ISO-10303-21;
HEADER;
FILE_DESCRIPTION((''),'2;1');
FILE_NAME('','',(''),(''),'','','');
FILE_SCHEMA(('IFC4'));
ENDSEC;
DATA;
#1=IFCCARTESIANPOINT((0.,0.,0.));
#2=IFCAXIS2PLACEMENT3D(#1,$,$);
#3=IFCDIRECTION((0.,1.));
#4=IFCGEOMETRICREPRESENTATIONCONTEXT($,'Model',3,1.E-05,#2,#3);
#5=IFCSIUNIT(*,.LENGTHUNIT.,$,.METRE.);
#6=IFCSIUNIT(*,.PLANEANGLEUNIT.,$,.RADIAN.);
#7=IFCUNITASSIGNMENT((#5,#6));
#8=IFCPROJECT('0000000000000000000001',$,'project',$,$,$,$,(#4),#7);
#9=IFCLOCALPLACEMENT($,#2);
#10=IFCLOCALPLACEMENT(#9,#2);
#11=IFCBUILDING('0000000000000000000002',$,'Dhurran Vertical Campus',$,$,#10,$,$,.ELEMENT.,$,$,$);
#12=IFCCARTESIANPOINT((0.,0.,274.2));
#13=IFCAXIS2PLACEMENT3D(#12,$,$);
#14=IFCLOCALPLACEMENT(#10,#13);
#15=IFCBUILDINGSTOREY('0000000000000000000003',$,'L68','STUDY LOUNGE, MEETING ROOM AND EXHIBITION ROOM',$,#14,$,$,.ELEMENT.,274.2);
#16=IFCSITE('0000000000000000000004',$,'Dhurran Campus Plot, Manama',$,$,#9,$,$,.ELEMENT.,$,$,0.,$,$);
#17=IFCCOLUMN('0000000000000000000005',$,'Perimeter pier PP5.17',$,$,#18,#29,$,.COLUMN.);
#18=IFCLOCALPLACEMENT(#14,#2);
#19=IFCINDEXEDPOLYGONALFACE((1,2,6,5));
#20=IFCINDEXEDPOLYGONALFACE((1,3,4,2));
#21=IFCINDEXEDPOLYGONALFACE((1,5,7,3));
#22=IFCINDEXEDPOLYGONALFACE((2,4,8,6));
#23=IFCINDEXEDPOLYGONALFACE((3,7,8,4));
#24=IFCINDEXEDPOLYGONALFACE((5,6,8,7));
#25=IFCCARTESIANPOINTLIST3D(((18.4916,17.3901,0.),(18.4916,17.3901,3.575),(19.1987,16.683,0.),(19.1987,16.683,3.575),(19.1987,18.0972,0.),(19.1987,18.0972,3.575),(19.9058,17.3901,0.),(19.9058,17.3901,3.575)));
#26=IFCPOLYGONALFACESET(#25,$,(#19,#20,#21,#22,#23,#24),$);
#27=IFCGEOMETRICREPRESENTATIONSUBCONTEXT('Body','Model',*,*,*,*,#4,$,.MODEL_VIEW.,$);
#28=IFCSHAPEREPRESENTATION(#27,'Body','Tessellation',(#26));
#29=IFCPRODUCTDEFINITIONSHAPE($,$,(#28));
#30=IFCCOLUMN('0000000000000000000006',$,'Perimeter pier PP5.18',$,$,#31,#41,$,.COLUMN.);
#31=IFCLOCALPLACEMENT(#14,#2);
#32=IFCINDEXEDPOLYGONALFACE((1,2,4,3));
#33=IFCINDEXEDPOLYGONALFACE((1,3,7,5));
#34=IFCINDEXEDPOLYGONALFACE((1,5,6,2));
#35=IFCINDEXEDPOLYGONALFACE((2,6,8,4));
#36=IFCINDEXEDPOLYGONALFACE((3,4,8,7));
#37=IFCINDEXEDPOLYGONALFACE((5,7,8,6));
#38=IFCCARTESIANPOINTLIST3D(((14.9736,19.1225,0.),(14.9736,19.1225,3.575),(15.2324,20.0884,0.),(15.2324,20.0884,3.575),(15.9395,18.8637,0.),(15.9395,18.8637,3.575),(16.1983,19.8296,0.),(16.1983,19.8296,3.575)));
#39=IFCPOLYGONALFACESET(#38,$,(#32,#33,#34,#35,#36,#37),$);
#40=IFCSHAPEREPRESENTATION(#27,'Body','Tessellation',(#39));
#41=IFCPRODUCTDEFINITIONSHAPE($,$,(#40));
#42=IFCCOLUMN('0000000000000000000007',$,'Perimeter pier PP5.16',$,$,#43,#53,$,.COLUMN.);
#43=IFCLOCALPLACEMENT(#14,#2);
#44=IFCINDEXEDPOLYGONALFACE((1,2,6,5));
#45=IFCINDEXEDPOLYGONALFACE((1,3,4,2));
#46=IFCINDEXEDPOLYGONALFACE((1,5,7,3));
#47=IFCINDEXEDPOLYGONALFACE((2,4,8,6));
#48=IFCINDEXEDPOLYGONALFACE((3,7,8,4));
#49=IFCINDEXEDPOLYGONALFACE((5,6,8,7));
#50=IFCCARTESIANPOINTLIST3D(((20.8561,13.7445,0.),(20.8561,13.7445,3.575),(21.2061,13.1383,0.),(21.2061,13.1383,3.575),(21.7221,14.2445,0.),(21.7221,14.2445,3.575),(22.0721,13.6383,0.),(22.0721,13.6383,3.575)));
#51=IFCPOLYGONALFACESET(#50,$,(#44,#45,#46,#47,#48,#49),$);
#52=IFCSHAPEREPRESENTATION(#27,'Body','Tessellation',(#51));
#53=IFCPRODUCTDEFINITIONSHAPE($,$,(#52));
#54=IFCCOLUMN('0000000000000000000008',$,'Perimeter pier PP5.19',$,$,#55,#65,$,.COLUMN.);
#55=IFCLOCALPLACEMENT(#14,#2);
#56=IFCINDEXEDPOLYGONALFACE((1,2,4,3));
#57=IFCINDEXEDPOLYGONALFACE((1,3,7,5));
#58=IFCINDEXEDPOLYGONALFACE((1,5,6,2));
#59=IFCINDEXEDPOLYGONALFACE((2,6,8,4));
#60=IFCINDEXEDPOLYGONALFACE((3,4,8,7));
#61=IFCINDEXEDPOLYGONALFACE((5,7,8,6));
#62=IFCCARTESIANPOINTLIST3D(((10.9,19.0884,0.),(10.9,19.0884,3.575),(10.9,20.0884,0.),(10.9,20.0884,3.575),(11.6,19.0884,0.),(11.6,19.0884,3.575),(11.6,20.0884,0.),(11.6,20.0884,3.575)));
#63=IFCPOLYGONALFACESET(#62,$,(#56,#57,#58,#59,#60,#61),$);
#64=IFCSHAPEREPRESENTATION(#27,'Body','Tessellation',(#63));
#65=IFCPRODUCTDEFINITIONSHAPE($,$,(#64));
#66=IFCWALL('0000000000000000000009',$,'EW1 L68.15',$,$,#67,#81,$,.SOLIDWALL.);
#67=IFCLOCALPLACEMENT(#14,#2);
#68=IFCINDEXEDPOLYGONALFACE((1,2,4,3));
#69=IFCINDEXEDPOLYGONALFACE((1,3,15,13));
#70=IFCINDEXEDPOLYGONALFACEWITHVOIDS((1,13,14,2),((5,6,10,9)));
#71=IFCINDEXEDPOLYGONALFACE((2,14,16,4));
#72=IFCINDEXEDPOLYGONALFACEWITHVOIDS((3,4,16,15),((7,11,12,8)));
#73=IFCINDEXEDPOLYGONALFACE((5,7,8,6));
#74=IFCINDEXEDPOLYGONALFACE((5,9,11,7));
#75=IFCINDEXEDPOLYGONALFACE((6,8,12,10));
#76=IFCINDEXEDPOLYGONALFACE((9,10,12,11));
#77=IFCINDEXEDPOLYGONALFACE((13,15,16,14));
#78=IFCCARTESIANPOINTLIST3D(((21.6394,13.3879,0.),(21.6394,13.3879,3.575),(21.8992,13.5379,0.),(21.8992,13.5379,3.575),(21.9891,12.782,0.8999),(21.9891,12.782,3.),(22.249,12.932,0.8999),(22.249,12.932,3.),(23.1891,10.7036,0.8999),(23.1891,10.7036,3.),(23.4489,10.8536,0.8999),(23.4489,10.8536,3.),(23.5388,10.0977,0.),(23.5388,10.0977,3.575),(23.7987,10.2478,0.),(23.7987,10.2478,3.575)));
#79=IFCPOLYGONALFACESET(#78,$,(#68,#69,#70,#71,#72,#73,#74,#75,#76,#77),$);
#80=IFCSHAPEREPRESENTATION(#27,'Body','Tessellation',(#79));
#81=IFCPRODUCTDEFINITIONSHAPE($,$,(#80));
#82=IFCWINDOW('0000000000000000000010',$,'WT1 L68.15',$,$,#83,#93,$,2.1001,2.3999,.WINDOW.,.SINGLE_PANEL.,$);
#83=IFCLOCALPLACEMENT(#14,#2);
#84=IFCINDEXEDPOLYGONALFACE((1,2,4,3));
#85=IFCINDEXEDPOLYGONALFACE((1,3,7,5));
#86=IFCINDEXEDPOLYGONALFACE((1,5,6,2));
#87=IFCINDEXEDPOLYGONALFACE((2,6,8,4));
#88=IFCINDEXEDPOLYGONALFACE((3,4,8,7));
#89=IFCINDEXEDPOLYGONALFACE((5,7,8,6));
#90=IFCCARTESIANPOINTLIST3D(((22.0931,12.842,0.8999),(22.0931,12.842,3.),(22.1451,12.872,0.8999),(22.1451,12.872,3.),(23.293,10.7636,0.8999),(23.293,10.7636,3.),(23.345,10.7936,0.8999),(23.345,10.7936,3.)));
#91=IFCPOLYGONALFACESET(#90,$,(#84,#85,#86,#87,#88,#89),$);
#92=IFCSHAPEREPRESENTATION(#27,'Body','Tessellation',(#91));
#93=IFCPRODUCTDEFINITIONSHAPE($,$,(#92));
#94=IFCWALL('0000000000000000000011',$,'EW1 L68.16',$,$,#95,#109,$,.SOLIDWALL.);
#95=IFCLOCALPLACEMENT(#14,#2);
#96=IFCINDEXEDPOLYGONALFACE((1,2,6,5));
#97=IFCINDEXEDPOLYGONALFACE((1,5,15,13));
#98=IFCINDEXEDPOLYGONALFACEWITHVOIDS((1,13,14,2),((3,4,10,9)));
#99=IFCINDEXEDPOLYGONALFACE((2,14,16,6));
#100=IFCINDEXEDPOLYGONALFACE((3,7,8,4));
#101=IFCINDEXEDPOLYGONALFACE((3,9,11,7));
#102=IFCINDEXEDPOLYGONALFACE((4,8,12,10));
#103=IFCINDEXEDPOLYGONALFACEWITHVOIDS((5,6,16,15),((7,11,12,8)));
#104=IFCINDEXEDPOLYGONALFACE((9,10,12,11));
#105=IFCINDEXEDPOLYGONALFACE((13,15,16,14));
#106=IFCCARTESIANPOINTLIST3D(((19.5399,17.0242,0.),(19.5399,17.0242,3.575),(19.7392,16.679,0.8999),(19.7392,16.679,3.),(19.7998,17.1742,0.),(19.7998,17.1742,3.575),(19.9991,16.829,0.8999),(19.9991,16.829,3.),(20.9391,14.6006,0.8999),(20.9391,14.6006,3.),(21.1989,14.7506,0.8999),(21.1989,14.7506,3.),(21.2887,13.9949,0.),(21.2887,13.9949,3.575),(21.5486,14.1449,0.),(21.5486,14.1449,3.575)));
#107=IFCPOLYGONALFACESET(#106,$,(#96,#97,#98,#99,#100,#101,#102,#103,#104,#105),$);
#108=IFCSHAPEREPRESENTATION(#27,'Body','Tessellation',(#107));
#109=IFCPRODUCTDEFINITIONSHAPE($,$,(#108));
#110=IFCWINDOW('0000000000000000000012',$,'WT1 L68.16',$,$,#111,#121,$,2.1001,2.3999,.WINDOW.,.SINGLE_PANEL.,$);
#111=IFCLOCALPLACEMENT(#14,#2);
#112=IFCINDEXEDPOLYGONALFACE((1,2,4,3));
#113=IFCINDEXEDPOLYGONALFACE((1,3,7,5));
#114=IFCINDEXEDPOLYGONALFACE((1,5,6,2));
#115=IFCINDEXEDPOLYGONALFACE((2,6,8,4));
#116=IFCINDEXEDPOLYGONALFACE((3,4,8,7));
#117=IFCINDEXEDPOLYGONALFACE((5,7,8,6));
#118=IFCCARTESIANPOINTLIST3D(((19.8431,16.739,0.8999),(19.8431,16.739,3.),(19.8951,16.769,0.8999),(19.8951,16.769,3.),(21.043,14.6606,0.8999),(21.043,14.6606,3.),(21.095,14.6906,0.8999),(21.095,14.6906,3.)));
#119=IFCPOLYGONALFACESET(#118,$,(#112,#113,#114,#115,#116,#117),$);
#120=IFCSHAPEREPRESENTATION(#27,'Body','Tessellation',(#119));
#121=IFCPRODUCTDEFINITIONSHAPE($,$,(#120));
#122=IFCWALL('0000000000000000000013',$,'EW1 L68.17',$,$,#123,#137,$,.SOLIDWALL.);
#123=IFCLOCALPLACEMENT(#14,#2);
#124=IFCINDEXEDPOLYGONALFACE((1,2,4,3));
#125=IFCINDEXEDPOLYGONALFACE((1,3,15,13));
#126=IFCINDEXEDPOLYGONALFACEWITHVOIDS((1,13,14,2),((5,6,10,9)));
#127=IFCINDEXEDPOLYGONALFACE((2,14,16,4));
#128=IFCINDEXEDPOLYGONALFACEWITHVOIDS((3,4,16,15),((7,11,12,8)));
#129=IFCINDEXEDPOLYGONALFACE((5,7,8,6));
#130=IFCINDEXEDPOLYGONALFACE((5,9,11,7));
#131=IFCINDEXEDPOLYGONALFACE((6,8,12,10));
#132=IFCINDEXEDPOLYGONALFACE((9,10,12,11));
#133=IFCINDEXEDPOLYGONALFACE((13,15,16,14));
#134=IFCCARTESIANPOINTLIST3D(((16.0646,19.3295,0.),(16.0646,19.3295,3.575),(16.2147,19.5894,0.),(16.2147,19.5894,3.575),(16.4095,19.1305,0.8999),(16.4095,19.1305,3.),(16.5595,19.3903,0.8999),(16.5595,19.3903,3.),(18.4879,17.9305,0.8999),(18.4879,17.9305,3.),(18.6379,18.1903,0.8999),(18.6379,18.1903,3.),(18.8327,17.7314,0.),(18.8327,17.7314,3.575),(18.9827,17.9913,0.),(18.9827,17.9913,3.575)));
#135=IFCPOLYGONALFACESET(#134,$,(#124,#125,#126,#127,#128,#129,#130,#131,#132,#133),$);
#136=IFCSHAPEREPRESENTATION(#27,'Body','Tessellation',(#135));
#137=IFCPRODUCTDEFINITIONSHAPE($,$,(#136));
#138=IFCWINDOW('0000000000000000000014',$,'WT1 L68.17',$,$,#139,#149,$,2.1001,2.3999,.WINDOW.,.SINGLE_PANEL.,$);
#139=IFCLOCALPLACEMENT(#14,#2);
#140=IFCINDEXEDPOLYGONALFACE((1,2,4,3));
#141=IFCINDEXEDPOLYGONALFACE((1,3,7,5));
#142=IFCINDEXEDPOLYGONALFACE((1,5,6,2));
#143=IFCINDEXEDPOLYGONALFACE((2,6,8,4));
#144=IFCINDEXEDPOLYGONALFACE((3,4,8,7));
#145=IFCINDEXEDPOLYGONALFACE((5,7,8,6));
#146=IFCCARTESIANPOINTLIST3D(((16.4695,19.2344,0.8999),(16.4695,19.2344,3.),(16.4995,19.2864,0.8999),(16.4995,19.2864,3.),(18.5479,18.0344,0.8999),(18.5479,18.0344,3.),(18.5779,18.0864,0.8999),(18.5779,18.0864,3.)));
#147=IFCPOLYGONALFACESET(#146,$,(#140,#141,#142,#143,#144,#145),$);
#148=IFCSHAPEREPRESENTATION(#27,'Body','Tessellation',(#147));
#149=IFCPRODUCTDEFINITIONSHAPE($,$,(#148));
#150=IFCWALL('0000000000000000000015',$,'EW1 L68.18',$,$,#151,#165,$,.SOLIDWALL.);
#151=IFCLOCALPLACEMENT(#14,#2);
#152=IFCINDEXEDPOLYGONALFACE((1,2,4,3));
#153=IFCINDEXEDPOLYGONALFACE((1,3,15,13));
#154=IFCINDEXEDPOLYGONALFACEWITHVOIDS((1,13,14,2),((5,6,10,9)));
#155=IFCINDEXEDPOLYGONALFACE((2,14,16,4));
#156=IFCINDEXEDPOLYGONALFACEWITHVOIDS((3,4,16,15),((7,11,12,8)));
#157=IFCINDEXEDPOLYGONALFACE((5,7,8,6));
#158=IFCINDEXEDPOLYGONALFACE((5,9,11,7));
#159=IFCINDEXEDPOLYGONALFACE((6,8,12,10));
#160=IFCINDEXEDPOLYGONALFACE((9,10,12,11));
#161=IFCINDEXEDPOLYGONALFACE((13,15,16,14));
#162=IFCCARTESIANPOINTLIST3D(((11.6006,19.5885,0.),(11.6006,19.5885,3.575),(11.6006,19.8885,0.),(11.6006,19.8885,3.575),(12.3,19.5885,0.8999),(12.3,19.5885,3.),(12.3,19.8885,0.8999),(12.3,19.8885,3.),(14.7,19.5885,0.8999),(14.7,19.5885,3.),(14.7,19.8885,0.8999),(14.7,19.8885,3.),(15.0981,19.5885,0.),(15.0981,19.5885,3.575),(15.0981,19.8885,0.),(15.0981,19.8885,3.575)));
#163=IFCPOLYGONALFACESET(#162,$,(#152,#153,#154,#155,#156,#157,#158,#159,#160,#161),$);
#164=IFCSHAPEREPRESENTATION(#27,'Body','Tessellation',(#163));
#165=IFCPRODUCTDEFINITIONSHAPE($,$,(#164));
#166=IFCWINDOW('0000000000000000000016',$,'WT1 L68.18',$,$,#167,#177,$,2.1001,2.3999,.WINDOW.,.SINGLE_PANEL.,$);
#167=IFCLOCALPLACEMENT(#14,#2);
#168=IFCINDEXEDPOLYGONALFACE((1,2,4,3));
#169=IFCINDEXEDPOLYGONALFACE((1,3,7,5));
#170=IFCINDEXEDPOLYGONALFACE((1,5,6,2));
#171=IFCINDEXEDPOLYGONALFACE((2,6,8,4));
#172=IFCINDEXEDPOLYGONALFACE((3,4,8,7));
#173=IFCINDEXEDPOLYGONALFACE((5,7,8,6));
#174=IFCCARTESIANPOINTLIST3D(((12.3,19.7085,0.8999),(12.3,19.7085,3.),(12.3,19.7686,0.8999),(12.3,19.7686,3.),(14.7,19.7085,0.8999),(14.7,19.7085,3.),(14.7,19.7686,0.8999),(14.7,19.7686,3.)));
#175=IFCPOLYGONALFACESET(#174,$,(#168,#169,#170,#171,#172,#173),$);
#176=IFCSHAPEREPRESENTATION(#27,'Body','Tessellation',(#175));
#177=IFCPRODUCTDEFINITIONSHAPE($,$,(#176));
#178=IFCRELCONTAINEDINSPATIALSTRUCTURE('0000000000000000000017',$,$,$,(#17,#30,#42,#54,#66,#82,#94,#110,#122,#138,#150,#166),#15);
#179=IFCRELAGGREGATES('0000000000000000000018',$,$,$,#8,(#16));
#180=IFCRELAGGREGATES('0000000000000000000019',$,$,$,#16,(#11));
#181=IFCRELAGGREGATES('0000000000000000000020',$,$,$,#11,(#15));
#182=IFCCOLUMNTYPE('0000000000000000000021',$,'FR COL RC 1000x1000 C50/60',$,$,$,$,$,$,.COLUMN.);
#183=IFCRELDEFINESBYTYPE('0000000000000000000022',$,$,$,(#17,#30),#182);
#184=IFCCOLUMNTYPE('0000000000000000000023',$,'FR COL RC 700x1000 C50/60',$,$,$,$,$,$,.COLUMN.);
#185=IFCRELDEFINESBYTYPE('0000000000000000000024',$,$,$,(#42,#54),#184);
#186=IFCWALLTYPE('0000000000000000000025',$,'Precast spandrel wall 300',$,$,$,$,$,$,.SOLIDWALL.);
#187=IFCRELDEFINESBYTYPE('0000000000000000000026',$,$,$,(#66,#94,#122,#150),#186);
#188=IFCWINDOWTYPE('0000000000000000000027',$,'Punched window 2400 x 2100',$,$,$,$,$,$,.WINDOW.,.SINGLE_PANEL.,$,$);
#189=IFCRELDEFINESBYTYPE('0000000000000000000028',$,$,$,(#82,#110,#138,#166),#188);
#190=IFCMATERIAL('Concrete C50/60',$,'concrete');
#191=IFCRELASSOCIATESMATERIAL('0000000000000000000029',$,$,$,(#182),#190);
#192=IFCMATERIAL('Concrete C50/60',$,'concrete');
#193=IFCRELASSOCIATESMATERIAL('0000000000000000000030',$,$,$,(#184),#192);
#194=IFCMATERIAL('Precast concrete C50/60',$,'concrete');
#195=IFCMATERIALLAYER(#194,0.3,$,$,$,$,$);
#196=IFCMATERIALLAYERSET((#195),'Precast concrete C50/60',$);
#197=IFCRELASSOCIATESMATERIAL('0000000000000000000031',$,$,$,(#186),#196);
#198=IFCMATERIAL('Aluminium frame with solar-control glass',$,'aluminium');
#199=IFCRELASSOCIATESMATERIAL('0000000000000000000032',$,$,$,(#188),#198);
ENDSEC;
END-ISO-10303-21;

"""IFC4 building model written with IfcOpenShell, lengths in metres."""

from ifc_helpers import new_model, si_unit, direction, frame, frame_2d, origin, origin_2d, place, context, subcontext, project, spatial, rectangle, extrude, material, layer, layer_set, material_profile, profile_set, type_object, element, fill, save


model = new_model("IFC4")

# Units and contexts
model_context = context("Model", 3, precision=1e-05, world=origin(), true_north=direction((0.0, 1.0)))
body_context = subcontext(model_context, "Body", "Model", "MODEL_VIEW")
ifc_project = project(units=[si_unit("LENGTHUNIT", "METRE"), si_unit("PLANEANGLEUNIT", "RADIAN")], contexts=[model_context])

# Site, building, storey
site_placement = place(None, origin())
site = spatial("IfcSite", under=ifc_project, at=site_placement, Name="Dhurran Campus Plot, Manama", CompositionType="ELEMENT", RefElevation=0.0)
building_placement = place(site_placement, origin())
building = spatial("IfcBuilding", under=site, at=building_placement, Name="Dhurran Vertical Campus", CompositionType="ELEMENT")
storey_placement = place(building_placement, frame((0.0, 0.0, 274.2)))
storey = spatial("IfcBuildingStorey", under=building, at=storey_placement, Name="L68", Description="STUDY LOUNGE, MEETING ROOM AND EXHIBITION ROOM", CompositionType="ELEMENT", Elevation=274.2)

# Columns
ifc_material_1 = material(Name="Concrete C50/60", Category="concrete")
ifc_material_profile_1 = material_profile(ifc_material_1, rectangle(XDim=1.0, YDim=1.0, at=origin_2d()), Name="RC 1000x1000")
ifc_profile_set_1 = profile_set([ifc_material_profile_1], Name="Concrete C50/60")
column_type_1 = type_object("IfcColumnType", Name="FR COL RC 1000x1000 C50/60", PredefinedType="COLUMN", material=ifc_profile_set_1)
for number, where, z_axis, x_axis, name in (
    (1, (19.1987, 17.3901, 0.0), (0.0, 0.0, 1.0), (-0.707107, 0.707107, 0.0), "Perimeter pier PP5.17"),
    (2, (15.5859, 19.4761, 0.0), (0.0, 0.0, 1.0), (-0.965926, 0.258819, 0.0), "Perimeter pier PP5.18"),
):
    element("IfcColumn", number, at=place(storey_placement, frame(where, z_axis=z_axis, x_axis=x_axis)), inside=storey, type_object=column_type_1, Name=name, PredefinedType="COLUMN", context=body_context, shape_type="SweptSolid", body=[
        extrude(rectangle(XDim=1.0, YDim=1.0, at=origin_2d()), origin(), (0.0, 0.0, 1.0), 3.575),
    ])
ifc_material_2 = material(Name="Concrete C50/60", Category="concrete")
ifc_material_profile_2 = material_profile(ifc_material_2, rectangle(XDim=0.7, YDim=1.0, at=origin_2d()), Name="RC 700x1000")
ifc_profile_set_2 = profile_set([ifc_material_profile_2], Name="Concrete C50/60")
column_type_2 = type_object("IfcColumnType", Name="FR COL RC 700x1000 C50/60", PredefinedType="COLUMN", material=ifc_profile_set_2)
for number, where, z_axis, x_axis, name in (
    (3, (21.4641, 13.6914, 0.0), (0.0, 0.0, 1.0), (-0.5, 0.866025, 0.0), "Perimeter pier PP5.16"),
    (4, (11.25, 19.5884, 0.0), (0.0, 0.0, 1.0), (-1.0, 0.0, 0.0), "Perimeter pier PP5.19"),
):
    element("IfcColumn", number, at=place(storey_placement, frame(where, z_axis=z_axis, x_axis=x_axis)), inside=storey, type_object=column_type_2, Name=name, PredefinedType="COLUMN", context=body_context, shape_type="SweptSolid", body=[
        extrude(rectangle(XDim=0.7, YDim=1.0, at=origin_2d()), origin(), (0.0, 0.0, 1.0), 3.575),
    ])

# Walls, openings, windows
ifc_material_3 = material(Name="Precast concrete C50/60", Category="concrete")
ifc_layer_1 = layer(ifc_material_3, 0.3)
ifc_layer_set_1 = layer_set([ifc_layer_1], Name="Precast concrete C50/60")
wall_type_1 = type_object("IfcWallType", Name="Precast spandrel wall 300", PredefinedType="SOLIDWALL", material=ifc_layer_set_1)
wall_1_placement = place(storey_placement, frame((23.6687, 10.1729, 0.0), z_axis=(0.0, 0.0, 1.0), x_axis=(-0.499982, 0.866036, 0.0)))
wall_1 = element("IfcWall", 5, at=wall_1_placement, inside=storey, type_object=wall_type_1, Name="EW1 L68.15", PredefinedType="SOLIDWALL", context=body_context, shape_type="SweptSolid", body=[
    extrude(rectangle(XDim=3.7991, YDim=0.3, at=frame_2d((1.8994, 0.0))), origin(), (0.0, 0.0, 1.0), 3.575),
])
opening_1_placement = place(wall_1_placement, frame((0.6995, 0.0, 0.8999)))
opening_1 = element("IfcOpeningElement", 6, at=opening_1_placement, cuts=wall_1, PredefinedType="OPENING", context=body_context, shape_type="SweptSolid", body=[
    extrude(rectangle(XDim=2.3999, YDim=2.1001, at=frame_2d((1.2, 1.05))), frame((0.0, 0.1599, 0.0), z_axis=(0.0, -1.0, 0.0), x_axis=(1.0, 0.0, 0.0)), (0.0, 0.0, 1.0), 0.3201),
])
ifc_material_4 = material(Name="Aluminium frame with solar-control glass", Category="aluminium")
window_type = type_object("IfcWindowType", Name="Punched window 2400 x 2100", PartitioningType="SINGLE_PANEL", PredefinedType="WINDOW", material=ifc_material_4)
window_1_placement = place(opening_1_placement, origin())
window_1 = element("IfcWindow", 7, at=window_1_placement, inside=storey, type_object=window_type, Name="WT1 L68.15", OverallHeight=2.1001, OverallWidth=2.3999, PartitioningType="SINGLE_PANEL", PredefinedType="WINDOW", context=body_context, shape_type="SweptSolid", body=[
    extrude(rectangle(XDim=2.3999, YDim=2.1001, at=frame_2d((1.2, 1.05))), frame((0.0, 0.03, 0.0), z_axis=(0.0, -1.0, 0.0), x_axis=(1.0, 0.0, 0.0)), (0.0, 0.0, 1.0), 0.0601),
])
fill(opening_1, window_1)
wall_2_placement = place(storey_placement, frame((21.4187, 14.0698, 0.0), z_axis=(0.0, 0.0, 1.0), x_axis=(-0.49996, 0.866048, 0.0)))
wall_2 = element("IfcWall", 8, at=wall_2_placement, inside=storey, type_object=wall_type_1, Name="EW1 L68.16", PredefinedType="SOLIDWALL", context=body_context, shape_type="SweptSolid", body=[
    extrude(rectangle(XDim=3.4978, YDim=0.3, at=frame_2d((1.749, 0.0))), origin(), (0.0, 0.0, 1.0), 3.575),
])
opening_2_placement = place(wall_2_placement, frame((0.6995, 0.0, 0.8999)))
opening_2 = element("IfcOpeningElement", 9, at=opening_2_placement, cuts=wall_2, PredefinedType="OPENING", context=body_context, shape_type="SweptSolid", body=[
    extrude(rectangle(XDim=2.3999, YDim=2.1001, at=frame_2d((1.2, 1.05))), frame((0.0, 0.1599, 0.0), z_axis=(0.0, -1.0, 0.0), x_axis=(1.0, 0.0, 0.0)), (0.0, 0.0, 1.0), 0.3201),
])
window_2_placement = place(opening_2_placement, origin())
window_2 = element("IfcWindow", 10, at=window_2_placement, inside=storey, type_object=window_type, Name="WT1 L68.16", OverallHeight=2.1001, OverallWidth=2.3999, PartitioningType="SINGLE_PANEL", PredefinedType="WINDOW", context=body_context, shape_type="SweptSolid", body=[
    extrude(rectangle(XDim=2.3999, YDim=2.1001, at=frame_2d((1.2, 1.05))), frame((0.0, 0.03, 0.0), z_axis=(0.0, -1.0, 0.0), x_axis=(1.0, 0.0, 0.0)), (0.0, 0.0, 1.0), 0.0601),
])
fill(opening_2, window_2)
wall_3_placement = place(storey_placement, frame((18.9077, 17.8613, 0.0), z_axis=(0.0, 0.0, 1.0), x_axis=(-0.866025, 0.5, 0.0)))
wall_3 = element("IfcWall", 11, at=wall_3_placement, inside=storey, type_object=wall_type_1, Name="EW1 L68.17", PredefinedType="SOLIDWALL", context=body_context, shape_type="SweptSolid", body=[
    extrude(rectangle(XDim=3.1963, YDim=0.3, at=frame_2d((1.5981, 0.0))), origin(), (0.0, 0.0, 1.0), 3.575),
])
opening_3_placement = place(wall_3_placement, frame((0.3982, 0.0, 0.8999)))
opening_3 = element("IfcOpeningElement", 12, at=opening_3_placement, cuts=wall_3, PredefinedType="OPENING", context=body_context, shape_type="SweptSolid", body=[
    extrude(rectangle(XDim=2.3999, YDim=2.1001, at=frame_2d((1.2, 1.05))), frame((0.0, 0.1599, 0.0), z_axis=(0.0, -1.0, 0.0), x_axis=(1.0, 0.0, 0.0)), (0.0, 0.0, 1.0), 0.3201),
])
window_3_placement = place(opening_3_placement, origin())
window_3 = element("IfcWindow", 13, at=window_3_placement, inside=storey, type_object=window_type, Name="WT1 L68.17", OverallHeight=2.1001, OverallWidth=2.3999, PartitioningType="SINGLE_PANEL", PredefinedType="WINDOW", context=body_context, shape_type="SweptSolid", body=[
    extrude(rectangle(XDim=2.3999, YDim=2.1001, at=frame_2d((1.2, 1.05))), frame((0.0, 0.03, 0.0), z_axis=(0.0, -1.0, 0.0), x_axis=(1.0, 0.0, 0.0)), (0.0, 0.0, 1.0), 0.0601),
])
fill(opening_3, window_3)
wall_4_placement = place(storey_placement, frame((15.0981, 19.7385, 0.0), z_axis=(0.0, 0.0, 1.0), x_axis=(-1.0, 0.0, 0.0)))
wall_4 = element("IfcWall", 14, at=wall_4_placement, inside=storey, type_object=wall_type_1, Name="EW1 L68.18", PredefinedType="SOLIDWALL", context=body_context, shape_type="SweptSolid", body=[
    extrude(rectangle(XDim=3.4976, YDim=0.3, at=frame_2d((1.7488, 0.0))), origin(), (0.0, 0.0, 1.0), 3.575),
])
opening_4_placement = place(wall_4_placement, frame((0.3982, 0.0, 0.8999)))
opening_4 = element("IfcOpeningElement", 15, at=opening_4_placement, cuts=wall_4, PredefinedType="OPENING", context=body_context, shape_type="SweptSolid", body=[
    extrude(rectangle(XDim=2.3999, YDim=2.1001, at=frame_2d((1.2, 1.05))), frame((0.0, 0.1599, 0.0), z_axis=(0.0, -1.0, 0.0), x_axis=(1.0, 0.0, 0.0)), (0.0, 0.0, 1.0), 0.3201),
])
window_4_placement = place(opening_4_placement, origin())
window_4 = element("IfcWindow", 16, at=window_4_placement, inside=storey, type_object=window_type, Name="WT1 L68.18", OverallHeight=2.1001, OverallWidth=2.3999, PartitioningType="SINGLE_PANEL", PredefinedType="WINDOW", context=body_context, shape_type="SweptSolid", body=[
    extrude(rectangle(XDim=2.3999, YDim=2.1001, at=frame_2d((1.2, 1.05))), frame((0.0, 0.03, 0.0), z_axis=(0.0, -1.0, 0.0), x_axis=(1.0, 0.0, 0.0)), (0.0, 0.0, 1.0), 0.0601),
])
fill(opening_4, window_4)

save(model, "model.ifc")
